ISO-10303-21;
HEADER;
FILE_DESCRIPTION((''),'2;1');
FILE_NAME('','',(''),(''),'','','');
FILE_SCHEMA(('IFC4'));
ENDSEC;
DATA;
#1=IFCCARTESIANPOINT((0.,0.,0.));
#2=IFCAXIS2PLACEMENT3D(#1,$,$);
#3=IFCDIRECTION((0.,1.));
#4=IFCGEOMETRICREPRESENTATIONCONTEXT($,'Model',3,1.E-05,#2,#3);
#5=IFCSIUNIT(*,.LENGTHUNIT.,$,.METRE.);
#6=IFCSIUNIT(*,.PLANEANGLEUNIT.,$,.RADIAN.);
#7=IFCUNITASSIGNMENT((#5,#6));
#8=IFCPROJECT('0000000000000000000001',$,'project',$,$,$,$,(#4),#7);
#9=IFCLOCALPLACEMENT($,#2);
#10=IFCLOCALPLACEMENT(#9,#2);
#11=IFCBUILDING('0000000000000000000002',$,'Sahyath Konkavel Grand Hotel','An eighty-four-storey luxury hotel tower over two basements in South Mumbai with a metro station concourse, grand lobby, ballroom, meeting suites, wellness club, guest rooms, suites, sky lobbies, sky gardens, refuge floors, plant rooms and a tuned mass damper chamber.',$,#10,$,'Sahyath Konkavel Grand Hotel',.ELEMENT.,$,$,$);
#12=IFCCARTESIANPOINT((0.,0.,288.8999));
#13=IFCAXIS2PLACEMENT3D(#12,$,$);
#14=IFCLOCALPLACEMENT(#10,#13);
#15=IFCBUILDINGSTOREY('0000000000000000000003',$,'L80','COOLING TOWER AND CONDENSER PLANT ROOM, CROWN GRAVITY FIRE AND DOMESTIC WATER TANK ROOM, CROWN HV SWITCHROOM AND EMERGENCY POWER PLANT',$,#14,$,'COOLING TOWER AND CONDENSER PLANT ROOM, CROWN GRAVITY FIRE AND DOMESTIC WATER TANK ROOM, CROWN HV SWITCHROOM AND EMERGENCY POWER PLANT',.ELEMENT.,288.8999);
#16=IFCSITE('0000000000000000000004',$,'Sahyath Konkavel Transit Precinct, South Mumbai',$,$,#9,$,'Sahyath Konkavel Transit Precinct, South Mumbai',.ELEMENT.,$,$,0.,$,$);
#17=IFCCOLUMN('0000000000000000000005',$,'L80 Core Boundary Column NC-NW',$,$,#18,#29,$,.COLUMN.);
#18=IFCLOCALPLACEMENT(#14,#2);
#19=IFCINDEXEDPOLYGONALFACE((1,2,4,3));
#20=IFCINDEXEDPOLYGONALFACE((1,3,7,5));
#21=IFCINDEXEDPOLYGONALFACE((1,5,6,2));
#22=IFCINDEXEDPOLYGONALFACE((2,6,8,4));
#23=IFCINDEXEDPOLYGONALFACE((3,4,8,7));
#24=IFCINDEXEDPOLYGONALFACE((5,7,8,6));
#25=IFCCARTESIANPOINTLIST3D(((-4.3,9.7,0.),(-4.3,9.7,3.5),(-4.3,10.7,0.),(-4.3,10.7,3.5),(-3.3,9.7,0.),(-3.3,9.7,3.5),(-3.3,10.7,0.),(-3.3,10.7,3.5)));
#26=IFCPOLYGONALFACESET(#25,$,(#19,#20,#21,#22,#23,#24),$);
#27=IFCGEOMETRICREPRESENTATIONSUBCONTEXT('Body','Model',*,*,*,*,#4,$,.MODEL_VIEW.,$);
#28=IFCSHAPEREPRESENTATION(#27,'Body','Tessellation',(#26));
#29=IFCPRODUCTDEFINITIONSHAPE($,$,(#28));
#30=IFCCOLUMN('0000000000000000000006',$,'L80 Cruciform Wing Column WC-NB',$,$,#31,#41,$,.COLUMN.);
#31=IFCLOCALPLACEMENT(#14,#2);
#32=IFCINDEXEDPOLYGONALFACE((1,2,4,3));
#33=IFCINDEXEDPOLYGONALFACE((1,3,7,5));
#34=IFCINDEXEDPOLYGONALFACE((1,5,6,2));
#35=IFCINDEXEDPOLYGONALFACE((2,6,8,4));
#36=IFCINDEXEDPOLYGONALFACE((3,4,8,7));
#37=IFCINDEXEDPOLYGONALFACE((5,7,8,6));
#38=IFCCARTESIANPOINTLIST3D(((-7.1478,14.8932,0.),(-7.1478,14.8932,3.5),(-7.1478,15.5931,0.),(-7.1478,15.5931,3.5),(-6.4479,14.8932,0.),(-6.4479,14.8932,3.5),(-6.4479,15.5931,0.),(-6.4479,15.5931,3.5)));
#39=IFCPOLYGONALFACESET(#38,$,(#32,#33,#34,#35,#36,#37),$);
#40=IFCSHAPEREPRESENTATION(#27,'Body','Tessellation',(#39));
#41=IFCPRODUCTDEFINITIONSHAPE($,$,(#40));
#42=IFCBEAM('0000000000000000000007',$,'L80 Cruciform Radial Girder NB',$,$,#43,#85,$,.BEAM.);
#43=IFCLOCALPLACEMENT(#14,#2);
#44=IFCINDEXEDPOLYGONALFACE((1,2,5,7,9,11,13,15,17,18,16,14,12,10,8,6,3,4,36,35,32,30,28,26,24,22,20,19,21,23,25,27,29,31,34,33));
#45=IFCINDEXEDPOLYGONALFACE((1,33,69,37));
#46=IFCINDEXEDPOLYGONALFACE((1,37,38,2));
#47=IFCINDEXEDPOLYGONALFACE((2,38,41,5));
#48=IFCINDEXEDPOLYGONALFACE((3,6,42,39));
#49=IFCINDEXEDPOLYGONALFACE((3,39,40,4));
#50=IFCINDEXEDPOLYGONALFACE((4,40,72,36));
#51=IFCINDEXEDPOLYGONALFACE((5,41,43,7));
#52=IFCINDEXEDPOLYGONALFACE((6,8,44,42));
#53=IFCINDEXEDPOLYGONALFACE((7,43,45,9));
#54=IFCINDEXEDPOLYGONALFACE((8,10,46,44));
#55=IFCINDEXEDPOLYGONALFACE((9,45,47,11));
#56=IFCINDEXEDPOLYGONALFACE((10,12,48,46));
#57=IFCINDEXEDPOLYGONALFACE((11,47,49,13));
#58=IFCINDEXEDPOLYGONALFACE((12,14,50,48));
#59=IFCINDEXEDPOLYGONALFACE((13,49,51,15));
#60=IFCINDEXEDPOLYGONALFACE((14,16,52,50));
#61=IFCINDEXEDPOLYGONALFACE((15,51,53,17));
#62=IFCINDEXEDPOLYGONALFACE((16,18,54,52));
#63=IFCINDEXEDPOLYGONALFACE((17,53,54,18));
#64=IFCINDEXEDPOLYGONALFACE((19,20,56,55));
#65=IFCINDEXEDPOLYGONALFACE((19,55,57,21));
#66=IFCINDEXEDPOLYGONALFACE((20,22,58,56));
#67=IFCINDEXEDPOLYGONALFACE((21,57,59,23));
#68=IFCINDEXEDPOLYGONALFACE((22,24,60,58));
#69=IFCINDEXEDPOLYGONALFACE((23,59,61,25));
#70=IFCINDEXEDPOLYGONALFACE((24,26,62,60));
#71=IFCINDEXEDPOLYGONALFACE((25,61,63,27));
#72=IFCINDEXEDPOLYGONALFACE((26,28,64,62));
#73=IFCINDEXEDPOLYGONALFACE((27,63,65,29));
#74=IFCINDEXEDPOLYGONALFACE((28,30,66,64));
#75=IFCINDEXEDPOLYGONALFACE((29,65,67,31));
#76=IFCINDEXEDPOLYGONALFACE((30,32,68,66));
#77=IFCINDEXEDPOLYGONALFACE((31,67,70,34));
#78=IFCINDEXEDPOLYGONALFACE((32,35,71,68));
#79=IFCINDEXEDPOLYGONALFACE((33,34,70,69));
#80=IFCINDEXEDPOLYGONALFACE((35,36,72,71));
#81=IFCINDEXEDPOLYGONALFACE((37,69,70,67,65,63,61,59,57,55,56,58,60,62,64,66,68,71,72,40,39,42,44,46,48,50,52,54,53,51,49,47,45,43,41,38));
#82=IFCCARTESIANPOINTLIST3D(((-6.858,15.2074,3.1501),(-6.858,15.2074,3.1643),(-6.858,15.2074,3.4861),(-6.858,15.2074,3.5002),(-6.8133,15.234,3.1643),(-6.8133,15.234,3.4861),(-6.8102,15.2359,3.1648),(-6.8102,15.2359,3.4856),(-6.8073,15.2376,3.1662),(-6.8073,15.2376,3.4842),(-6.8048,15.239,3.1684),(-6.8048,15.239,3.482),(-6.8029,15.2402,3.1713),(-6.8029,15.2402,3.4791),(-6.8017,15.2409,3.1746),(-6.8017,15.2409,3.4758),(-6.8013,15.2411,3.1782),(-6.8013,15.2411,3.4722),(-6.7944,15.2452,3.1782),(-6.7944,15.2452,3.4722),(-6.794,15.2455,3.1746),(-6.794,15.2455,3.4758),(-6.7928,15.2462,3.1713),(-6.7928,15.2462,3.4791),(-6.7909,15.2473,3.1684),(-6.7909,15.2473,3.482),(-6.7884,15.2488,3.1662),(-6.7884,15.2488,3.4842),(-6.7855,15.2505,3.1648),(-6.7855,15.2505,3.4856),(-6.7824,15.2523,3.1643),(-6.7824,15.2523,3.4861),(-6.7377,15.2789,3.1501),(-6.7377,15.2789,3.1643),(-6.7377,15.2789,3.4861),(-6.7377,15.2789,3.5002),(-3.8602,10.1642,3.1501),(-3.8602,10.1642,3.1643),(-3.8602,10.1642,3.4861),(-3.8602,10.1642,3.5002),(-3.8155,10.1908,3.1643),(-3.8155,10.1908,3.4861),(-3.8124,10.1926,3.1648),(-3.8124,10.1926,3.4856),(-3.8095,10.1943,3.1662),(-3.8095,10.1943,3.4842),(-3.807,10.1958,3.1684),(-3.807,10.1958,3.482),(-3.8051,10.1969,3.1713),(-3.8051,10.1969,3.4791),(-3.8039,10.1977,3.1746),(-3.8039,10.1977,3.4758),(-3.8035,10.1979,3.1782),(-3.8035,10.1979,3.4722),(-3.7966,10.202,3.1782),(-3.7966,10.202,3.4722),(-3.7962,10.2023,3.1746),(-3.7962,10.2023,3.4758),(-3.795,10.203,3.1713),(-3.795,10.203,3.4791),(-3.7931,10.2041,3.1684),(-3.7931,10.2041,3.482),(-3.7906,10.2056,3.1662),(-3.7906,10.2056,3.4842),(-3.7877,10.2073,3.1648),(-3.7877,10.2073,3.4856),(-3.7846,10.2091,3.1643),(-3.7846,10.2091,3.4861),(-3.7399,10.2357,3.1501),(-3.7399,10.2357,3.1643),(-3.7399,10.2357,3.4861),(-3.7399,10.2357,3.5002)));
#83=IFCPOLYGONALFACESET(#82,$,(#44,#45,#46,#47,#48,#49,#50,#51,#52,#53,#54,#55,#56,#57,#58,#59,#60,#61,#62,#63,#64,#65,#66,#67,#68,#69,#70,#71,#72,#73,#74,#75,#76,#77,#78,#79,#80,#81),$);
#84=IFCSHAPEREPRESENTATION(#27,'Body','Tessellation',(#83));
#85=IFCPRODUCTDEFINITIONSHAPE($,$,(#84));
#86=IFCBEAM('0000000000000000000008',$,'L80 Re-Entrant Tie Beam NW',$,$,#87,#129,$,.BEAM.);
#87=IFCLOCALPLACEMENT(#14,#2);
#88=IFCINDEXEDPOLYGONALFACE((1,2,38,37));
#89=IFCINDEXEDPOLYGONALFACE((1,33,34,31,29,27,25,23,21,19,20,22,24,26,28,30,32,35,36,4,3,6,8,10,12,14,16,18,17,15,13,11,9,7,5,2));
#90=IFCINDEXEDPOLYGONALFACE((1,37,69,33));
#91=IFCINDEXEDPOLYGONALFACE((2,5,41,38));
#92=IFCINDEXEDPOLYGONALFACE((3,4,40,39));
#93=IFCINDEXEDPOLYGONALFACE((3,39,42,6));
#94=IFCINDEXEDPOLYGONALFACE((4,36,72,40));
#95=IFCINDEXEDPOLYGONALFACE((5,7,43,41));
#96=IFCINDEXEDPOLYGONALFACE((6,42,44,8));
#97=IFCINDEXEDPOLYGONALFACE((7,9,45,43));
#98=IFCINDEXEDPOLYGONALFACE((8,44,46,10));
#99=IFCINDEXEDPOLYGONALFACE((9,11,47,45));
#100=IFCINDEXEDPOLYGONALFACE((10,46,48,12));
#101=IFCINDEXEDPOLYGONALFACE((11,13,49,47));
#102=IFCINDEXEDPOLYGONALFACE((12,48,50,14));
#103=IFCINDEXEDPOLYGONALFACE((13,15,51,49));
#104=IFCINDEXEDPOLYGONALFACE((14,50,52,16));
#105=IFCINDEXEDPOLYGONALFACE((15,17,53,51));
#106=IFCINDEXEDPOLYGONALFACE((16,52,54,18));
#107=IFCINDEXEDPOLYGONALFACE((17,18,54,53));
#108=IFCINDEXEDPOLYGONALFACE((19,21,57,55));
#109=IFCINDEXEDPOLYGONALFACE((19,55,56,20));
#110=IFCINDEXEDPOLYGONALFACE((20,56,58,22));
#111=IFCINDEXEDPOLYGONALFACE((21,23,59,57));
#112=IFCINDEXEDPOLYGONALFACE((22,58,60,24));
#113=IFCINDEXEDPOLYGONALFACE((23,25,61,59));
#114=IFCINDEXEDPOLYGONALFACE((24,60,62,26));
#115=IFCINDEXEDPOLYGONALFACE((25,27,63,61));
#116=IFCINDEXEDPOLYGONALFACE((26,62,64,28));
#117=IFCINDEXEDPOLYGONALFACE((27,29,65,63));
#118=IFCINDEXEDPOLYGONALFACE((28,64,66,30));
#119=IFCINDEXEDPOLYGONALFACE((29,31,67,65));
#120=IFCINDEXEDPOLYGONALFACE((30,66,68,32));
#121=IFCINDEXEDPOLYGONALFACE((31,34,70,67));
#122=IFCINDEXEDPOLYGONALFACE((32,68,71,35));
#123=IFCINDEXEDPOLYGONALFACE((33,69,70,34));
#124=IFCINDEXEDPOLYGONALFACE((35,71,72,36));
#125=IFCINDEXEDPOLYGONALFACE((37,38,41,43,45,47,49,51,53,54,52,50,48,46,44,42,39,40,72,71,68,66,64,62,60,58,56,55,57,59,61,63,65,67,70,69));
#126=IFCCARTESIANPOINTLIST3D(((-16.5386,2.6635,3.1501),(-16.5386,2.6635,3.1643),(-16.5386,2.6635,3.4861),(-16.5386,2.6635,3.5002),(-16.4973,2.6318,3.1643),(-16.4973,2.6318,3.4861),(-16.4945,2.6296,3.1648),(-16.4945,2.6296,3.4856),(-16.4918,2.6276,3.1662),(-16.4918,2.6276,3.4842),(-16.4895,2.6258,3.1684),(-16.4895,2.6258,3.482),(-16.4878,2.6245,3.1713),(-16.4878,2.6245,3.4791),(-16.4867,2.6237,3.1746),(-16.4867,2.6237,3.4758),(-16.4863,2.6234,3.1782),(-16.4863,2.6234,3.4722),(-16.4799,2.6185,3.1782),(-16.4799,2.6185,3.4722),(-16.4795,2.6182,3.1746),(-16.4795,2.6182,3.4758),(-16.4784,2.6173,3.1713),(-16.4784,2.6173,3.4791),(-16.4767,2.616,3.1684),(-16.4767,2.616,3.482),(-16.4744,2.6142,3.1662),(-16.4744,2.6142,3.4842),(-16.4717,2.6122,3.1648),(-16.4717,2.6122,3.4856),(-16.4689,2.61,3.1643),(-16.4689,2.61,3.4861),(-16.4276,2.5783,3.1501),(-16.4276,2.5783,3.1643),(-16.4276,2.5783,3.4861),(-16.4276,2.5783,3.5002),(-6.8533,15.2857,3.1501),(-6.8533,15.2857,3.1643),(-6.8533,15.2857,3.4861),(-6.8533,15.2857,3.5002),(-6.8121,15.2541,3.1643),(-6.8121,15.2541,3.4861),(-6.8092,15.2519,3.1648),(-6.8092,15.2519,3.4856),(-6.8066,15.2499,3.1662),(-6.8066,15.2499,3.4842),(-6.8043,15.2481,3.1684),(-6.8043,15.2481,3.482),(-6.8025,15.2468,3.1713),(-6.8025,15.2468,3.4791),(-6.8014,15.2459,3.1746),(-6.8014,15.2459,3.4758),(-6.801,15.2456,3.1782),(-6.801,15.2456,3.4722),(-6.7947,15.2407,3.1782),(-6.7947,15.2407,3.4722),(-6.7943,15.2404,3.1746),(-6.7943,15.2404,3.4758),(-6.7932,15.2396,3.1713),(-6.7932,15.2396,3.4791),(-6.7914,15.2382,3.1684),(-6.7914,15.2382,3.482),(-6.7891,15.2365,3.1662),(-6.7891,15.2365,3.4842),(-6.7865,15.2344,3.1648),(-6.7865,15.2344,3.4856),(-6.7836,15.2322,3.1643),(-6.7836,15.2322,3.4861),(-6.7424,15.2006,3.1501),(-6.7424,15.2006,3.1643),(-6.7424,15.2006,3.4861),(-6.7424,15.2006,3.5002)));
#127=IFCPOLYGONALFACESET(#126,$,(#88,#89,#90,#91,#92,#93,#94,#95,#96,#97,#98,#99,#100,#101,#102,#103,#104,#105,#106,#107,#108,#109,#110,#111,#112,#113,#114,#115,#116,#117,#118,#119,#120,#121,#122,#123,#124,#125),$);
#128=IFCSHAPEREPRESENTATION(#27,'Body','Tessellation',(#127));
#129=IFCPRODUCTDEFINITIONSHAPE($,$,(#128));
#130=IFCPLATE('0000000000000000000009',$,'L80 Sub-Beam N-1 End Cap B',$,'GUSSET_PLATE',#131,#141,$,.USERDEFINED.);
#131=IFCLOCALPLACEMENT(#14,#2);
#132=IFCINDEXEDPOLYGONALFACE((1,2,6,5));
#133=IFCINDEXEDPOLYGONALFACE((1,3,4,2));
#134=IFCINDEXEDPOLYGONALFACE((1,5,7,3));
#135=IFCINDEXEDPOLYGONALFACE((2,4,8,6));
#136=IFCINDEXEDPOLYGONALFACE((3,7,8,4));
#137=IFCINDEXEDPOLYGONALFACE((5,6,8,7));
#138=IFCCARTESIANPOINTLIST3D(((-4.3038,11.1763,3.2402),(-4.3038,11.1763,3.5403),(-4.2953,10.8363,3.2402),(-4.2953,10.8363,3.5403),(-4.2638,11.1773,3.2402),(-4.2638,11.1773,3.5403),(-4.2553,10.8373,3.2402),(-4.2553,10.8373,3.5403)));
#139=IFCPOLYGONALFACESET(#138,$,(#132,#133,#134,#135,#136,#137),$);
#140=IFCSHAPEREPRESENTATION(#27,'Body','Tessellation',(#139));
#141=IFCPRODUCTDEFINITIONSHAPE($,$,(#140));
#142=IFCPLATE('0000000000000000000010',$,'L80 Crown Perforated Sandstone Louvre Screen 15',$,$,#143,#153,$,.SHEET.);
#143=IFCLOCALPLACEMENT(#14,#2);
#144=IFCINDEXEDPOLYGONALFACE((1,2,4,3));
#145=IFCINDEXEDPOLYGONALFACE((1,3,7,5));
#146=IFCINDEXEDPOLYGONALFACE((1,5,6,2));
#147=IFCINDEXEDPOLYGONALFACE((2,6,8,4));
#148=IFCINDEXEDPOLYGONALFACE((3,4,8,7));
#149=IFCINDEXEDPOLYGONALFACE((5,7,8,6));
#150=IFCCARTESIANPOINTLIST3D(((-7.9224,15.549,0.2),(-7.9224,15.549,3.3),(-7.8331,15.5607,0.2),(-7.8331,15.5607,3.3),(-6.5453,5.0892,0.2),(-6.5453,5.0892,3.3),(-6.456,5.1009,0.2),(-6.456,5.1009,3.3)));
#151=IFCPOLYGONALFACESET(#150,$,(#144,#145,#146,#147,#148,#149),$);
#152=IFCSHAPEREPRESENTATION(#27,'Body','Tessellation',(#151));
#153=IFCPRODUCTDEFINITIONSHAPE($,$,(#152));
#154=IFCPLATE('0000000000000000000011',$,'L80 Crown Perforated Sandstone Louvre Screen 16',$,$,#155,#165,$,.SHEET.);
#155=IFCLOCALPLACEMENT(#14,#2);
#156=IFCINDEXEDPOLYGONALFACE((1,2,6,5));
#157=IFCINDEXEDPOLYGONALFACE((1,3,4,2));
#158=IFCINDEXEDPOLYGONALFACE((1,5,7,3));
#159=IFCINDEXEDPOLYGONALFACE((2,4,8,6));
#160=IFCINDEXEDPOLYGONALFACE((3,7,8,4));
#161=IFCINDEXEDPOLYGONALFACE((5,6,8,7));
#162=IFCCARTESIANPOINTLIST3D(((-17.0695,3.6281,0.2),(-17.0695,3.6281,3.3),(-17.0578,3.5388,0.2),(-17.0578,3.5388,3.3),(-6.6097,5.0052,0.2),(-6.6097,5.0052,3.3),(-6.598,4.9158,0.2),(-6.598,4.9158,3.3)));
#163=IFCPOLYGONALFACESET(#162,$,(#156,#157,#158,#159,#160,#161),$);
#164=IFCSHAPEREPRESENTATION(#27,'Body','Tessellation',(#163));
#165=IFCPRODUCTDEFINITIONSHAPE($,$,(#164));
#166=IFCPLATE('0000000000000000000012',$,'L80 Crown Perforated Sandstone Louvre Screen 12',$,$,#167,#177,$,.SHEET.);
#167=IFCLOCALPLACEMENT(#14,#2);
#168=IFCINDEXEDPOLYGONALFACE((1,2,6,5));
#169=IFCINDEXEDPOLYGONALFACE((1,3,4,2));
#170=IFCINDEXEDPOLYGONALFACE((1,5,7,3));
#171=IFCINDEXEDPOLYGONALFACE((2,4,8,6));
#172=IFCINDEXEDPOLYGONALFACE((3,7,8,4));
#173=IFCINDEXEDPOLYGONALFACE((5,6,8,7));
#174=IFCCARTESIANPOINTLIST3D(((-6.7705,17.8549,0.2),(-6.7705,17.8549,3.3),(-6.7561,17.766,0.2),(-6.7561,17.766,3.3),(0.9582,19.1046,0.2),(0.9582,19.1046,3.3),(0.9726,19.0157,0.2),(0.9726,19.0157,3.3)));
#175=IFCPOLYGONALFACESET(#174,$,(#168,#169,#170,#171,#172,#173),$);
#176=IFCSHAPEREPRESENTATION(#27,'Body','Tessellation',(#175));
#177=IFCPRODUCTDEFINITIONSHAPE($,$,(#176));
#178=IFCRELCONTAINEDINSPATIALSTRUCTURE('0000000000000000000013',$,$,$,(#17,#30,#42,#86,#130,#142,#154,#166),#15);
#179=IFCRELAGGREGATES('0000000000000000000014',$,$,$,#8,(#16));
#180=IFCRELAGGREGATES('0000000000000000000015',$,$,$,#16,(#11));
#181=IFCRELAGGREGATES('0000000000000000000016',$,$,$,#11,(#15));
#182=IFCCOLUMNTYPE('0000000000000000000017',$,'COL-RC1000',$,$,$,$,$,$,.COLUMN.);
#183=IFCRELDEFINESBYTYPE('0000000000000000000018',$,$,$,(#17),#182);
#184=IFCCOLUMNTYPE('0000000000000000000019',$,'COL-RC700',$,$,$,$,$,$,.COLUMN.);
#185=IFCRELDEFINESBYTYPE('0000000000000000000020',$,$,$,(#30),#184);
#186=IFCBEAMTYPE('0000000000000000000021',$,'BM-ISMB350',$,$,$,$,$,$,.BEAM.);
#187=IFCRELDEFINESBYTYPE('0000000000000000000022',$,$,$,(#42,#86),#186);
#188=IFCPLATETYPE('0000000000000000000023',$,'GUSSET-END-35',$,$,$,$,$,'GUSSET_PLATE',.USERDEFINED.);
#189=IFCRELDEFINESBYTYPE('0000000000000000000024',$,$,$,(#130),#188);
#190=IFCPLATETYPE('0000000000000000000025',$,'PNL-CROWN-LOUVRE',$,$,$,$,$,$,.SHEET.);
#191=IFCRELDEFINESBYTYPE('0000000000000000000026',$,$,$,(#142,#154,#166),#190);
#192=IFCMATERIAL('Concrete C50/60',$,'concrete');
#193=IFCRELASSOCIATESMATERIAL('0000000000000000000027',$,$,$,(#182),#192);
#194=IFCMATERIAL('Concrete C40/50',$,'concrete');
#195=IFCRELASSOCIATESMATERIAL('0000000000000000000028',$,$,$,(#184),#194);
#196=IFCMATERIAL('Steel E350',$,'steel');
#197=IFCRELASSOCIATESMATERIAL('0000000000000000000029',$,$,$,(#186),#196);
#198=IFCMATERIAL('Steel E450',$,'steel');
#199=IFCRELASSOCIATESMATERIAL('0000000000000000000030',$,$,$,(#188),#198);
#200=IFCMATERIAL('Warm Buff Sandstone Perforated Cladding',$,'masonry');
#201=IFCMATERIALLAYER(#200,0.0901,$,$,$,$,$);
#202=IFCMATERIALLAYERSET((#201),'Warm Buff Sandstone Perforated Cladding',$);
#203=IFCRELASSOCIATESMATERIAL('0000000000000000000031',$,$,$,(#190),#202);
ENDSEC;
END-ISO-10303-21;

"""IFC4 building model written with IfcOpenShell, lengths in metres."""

from ifc_helpers import new_model, si_unit, direction, frame, origin, origin_2d, place, context, subcontext, project, spatial, rectangle, i_section, extrude, source, transform, mapped, material, layer, layer_set, material_profile, profile_set, type_object, element, save


model = new_model("IFC4")

# Units and contexts
model_context = context("Model", 3, precision=1e-05, world=origin(), true_north=direction((0.0, 1.0)))
body_context = subcontext(model_context, "Body", "Model", "MODEL_VIEW")
ifc_project = project(units=[si_unit("LENGTHUNIT", "METRE"), si_unit("PLANEANGLEUNIT", "RADIAN")], contexts=[model_context])

# Site, building, storey
site_placement = place(None, origin())
site = spatial("IfcSite", under=ifc_project, at=site_placement, Name="Sahyath Konkavel Transit Precinct, South Mumbai", LongName="Sahyath Konkavel Transit Precinct, South Mumbai", CompositionType="ELEMENT", RefElevation=0.0)
building_placement = place(site_placement, origin())
building = spatial("IfcBuilding", under=site, at=building_placement, Name="Sahyath Konkavel Grand Hotel", Description="An eighty-four-storey luxury hotel tower over two basements in South Mumbai with a metro station concourse, grand lobby, ballroom, meeting suites, wellness club, guest rooms, suites, sky lobbies, sky gardens, refuge floors, plant rooms and a tuned mass damper chamber.", LongName="Sahyath Konkavel Grand Hotel", CompositionType="ELEMENT")
storey_placement = place(building_placement, frame((0.0, 0.0, 288.8999)))
storey = spatial("IfcBuildingStorey", under=building, at=storey_placement, Name="L80", Description="COOLING TOWER AND CONDENSER PLANT ROOM, CROWN GRAVITY FIRE AND DOMESTIC WATER TANK ROOM, CROWN HV SWITCHROOM AND EMERGENCY POWER PLANT", LongName="COOLING TOWER AND CONDENSER PLANT ROOM, CROWN GRAVITY FIRE AND DOMESTIC WATER TANK ROOM, CROWN HV SWITCHROOM AND EMERGENCY POWER PLANT", CompositionType="ELEMENT", Elevation=288.8999)

# Columns
ifc_material_1 = material(Name="Concrete C50/60", Category="concrete")
ifc_material_profile_1 = material_profile(ifc_material_1, rectangle(XDim=1.0, YDim=1.0, at=origin_2d()), Name="RC 1000x1000")
ifc_profile_set_1 = profile_set([ifc_material_profile_1], Name="Concrete C50/60")
column_type_1 = type_object("IfcColumnType", Name="COL-RC1000", PredefinedType="COLUMN", material=ifc_profile_set_1)
shared_shape_1 = source(origin(), body_context, "Body", "SweptSolid", [
    extrude(rectangle(XDim=1.0, YDim=1.0, at=origin_2d()), origin(), (0.0, 0.0, 1.0), 3.5),
])
column_1_placement = place(storey_placement, frame((-3.8, 10.2, 0.0), z_axis=(0.0, 0.0, 1.0), x_axis=(1.0, 0.0, 0.0)))
element("IfcColumn", 1, at=column_1_placement, inside=storey, type_object=column_type_1, Name="L80 Core Boundary Column NC-NW", PredefinedType="COLUMN", context=body_context, shape_type="MappedRepresentation", body=[
    mapped(shared_shape_1, transform((0.0, 0.0, 0.0), scale=1.0)),
])
ifc_material_2 = material(Name="Concrete C40/50", Category="concrete")
ifc_material_profile_2 = material_profile(ifc_material_2, rectangle(XDim=0.7, YDim=0.7, at=origin_2d()), Name="RC 700x700")
ifc_profile_set_2 = profile_set([ifc_material_profile_2], Name="Concrete C40/50")
column_type_2 = type_object("IfcColumnType", Name="COL-RC700", PredefinedType="COLUMN", material=ifc_profile_set_2)
shared_shape_2 = source(origin(), body_context, "Body", "SweptSolid", [
    extrude(rectangle(XDim=0.7, YDim=0.7, at=origin_2d()), origin(), (0.0, 0.0, 1.0), 3.5),
])
column_2_placement = place(storey_placement, frame((-6.7979, 15.2432, 0.0), z_axis=(0.0, 0.0, 1.0), x_axis=(1.0, 0.0, 0.0)))
element("IfcColumn", 2, at=column_2_placement, inside=storey, type_object=column_type_2, Name="L80 Cruciform Wing Column WC-NB", PredefinedType="COLUMN", context=body_context, shape_type="MappedRepresentation", body=[
    mapped(shared_shape_2, transform((0.0, 0.0, 0.0), scale=1.0)),
])

# Beams
ifc_material_3 = material(Name="Steel E350", Category="steel")
ifc_material_profile_3 = material_profile(ifc_material_3, i_section(OverallWidth=0.1399, OverallDepth=0.3501, WebThickness=0.0081, FlangeThickness=0.0142, FilletRadius=0.0139, at=origin_2d()), Name="ISMB 350")
ifc_profile_set_3 = profile_set([ifc_material_profile_3], Name="Steel E350")
beam_type = type_object("IfcBeamType", Name="BM-ISMB350", PredefinedType="BEAM", material=ifc_profile_set_3)
shared_shape_3 = source(origin(), body_context, "Body", "SweptSolid", [
    extrude(i_section(OverallWidth=0.1399, OverallDepth=0.3501, WebThickness=0.0081, FlangeThickness=0.0142, FilletRadius=0.0139, at=origin_2d()), origin(), (0.0, 0.0, 1.0), 5.8669),
])
beam_1_placement = place(storey_placement, frame((-3.8, 10.2, 3.3252), z_axis=(-0.510967, 0.859601, 0.0), x_axis=(-0.859601, -0.510967, 0.0)))
element("IfcBeam", 3, at=beam_1_placement, inside=storey, type_object=beam_type, Name="L80 Cruciform Radial Girder NB", PredefinedType="BEAM", context=body_context, shape_type="MappedRepresentation", body=[
    mapped(shared_shape_3, transform((0.0, 0.0, 0.0), scale=1.0)),
])
shared_shape_4 = source(origin(), body_context, "Body", "SweptSolid", [
    extrude(i_section(OverallWidth=0.1399, OverallDepth=0.3501, WebThickness=0.0081, FlangeThickness=0.0142, FilletRadius=0.0139, at=origin_2d()), origin(), (0.0, 0.0, 1.0), 15.9099),
])
beam_2_placement = place(storey_placement, frame((-6.7979, 15.2432, 3.3252), z_axis=(-0.608756, -0.793358, 0.0), x_axis=(0.793358, -0.608756, 0.0)))
element("IfcBeam", 4, at=beam_2_placement, inside=storey, type_object=beam_type, Name="L80 Re-Entrant Tie Beam NW", PredefinedType="BEAM", context=body_context, shape_type="MappedRepresentation", body=[
    mapped(shared_shape_4, transform((0.0, 0.0, 0.0), scale=1.0)),
])

# Plates
ifc_material_4 = material(Name="Steel E450", Category="steel")
plate_type_1 = type_object("IfcPlateType", Name="GUSSET-END-35", ElementType="GUSSET_PLATE", PredefinedType="USERDEFINED", material=ifc_material_4)
shared_shape_5 = source(origin(), body_context, "Body", "SweptSolid", [
    extrude(rectangle(XDim=0.04, YDim=0.3401, at=origin_2d()), origin(), (0.0, 0.0, 1.0), 0.3),
])
plate_1_placement = place(storey_placement, frame((-4.2795, 11.0068, 3.2402), z_axis=(0.0, 0.0, 1.0), x_axis=(-0.999684, -0.02513, 0.0)))
element("IfcPlate", 5, at=plate_1_placement, inside=storey, type_object=plate_type_1, Name="L80 Sub-Beam N-1 End Cap B", ObjectType="GUSSET_PLATE", PredefinedType="USERDEFINED", context=body_context, shape_type="MappedRepresentation", body=[
    mapped(shared_shape_5, transform((0.0, 0.0, 0.0), scale=1.0)),
])
ifc_material_5 = material(Name="Warm Buff Sandstone Perforated Cladding", Category="masonry")
ifc_layer_1 = layer(ifc_material_5, 0.0901)
ifc_layer_set_1 = layer_set([ifc_layer_1], Name="Warm Buff Sandstone Perforated Cladding")
plate_type_2 = type_object("IfcPlateType", Name="PNL-CROWN-LOUVRE", PredefinedType="SHEET", material=ifc_layer_set_1)
shared_shape_6 = source(origin(), body_context, "Body", "SweptSolid", [
    extrude(rectangle(XDim=10.55, YDim=0.0901, at=origin_2d()), origin(), (0.0, 0.0, 1.0), 3.1001),
])
for number, where, z_axis, x_axis, name in (
    (6, (-7.1892, 10.325, 0.2), (0.0, 0.0, 1.0), (0.130526, -0.991445, 0.0), "L80 Crown Perforated Sandstone Louvre Screen 15"),
    (7, (-11.8337, 4.272, 0.2), (0.0, 0.0, 1.0), (-0.991445, -0.130526, 0.0), "L80 Crown Perforated Sandstone Louvre Screen 16"),
):
    element("IfcPlate", number, at=place(storey_placement, frame(where, z_axis=z_axis, x_axis=x_axis)), inside=storey, type_object=plate_type_2, Name=name, PredefinedType="SHEET", context=body_context, shape_type="MappedRepresentation", body=[
        mapped(shared_shape_6, transform((0.0, 0.0, 0.0), scale=1.0)),
    ])
shared_shape_7 = source(origin(), body_context, "Body", "SweptSolid", [
    extrude(rectangle(XDim=7.8291, YDim=0.0901, at=origin_2d()), origin(), (0.0, 0.0, 1.0), 3.1001),
])
plate_2_placement = place(storey_placement, frame((-2.8989, 18.4353, 0.2), z_axis=(0.0, 0.0, 1.0), x_axis=(-0.987178, -0.159623, 0.0)))
element("IfcPlate", 8, at=plate_2_placement, inside=storey, type_object=plate_type_2, Name="L80 Crown Perforated Sandstone Louvre Screen 12", PredefinedType="SHEET", context=body_context, shape_type="MappedRepresentation", body=[
    mapped(shared_shape_7, transform((0.0, 0.0, 0.0), scale=1.0)),
])

save(model, "model.ifc")
